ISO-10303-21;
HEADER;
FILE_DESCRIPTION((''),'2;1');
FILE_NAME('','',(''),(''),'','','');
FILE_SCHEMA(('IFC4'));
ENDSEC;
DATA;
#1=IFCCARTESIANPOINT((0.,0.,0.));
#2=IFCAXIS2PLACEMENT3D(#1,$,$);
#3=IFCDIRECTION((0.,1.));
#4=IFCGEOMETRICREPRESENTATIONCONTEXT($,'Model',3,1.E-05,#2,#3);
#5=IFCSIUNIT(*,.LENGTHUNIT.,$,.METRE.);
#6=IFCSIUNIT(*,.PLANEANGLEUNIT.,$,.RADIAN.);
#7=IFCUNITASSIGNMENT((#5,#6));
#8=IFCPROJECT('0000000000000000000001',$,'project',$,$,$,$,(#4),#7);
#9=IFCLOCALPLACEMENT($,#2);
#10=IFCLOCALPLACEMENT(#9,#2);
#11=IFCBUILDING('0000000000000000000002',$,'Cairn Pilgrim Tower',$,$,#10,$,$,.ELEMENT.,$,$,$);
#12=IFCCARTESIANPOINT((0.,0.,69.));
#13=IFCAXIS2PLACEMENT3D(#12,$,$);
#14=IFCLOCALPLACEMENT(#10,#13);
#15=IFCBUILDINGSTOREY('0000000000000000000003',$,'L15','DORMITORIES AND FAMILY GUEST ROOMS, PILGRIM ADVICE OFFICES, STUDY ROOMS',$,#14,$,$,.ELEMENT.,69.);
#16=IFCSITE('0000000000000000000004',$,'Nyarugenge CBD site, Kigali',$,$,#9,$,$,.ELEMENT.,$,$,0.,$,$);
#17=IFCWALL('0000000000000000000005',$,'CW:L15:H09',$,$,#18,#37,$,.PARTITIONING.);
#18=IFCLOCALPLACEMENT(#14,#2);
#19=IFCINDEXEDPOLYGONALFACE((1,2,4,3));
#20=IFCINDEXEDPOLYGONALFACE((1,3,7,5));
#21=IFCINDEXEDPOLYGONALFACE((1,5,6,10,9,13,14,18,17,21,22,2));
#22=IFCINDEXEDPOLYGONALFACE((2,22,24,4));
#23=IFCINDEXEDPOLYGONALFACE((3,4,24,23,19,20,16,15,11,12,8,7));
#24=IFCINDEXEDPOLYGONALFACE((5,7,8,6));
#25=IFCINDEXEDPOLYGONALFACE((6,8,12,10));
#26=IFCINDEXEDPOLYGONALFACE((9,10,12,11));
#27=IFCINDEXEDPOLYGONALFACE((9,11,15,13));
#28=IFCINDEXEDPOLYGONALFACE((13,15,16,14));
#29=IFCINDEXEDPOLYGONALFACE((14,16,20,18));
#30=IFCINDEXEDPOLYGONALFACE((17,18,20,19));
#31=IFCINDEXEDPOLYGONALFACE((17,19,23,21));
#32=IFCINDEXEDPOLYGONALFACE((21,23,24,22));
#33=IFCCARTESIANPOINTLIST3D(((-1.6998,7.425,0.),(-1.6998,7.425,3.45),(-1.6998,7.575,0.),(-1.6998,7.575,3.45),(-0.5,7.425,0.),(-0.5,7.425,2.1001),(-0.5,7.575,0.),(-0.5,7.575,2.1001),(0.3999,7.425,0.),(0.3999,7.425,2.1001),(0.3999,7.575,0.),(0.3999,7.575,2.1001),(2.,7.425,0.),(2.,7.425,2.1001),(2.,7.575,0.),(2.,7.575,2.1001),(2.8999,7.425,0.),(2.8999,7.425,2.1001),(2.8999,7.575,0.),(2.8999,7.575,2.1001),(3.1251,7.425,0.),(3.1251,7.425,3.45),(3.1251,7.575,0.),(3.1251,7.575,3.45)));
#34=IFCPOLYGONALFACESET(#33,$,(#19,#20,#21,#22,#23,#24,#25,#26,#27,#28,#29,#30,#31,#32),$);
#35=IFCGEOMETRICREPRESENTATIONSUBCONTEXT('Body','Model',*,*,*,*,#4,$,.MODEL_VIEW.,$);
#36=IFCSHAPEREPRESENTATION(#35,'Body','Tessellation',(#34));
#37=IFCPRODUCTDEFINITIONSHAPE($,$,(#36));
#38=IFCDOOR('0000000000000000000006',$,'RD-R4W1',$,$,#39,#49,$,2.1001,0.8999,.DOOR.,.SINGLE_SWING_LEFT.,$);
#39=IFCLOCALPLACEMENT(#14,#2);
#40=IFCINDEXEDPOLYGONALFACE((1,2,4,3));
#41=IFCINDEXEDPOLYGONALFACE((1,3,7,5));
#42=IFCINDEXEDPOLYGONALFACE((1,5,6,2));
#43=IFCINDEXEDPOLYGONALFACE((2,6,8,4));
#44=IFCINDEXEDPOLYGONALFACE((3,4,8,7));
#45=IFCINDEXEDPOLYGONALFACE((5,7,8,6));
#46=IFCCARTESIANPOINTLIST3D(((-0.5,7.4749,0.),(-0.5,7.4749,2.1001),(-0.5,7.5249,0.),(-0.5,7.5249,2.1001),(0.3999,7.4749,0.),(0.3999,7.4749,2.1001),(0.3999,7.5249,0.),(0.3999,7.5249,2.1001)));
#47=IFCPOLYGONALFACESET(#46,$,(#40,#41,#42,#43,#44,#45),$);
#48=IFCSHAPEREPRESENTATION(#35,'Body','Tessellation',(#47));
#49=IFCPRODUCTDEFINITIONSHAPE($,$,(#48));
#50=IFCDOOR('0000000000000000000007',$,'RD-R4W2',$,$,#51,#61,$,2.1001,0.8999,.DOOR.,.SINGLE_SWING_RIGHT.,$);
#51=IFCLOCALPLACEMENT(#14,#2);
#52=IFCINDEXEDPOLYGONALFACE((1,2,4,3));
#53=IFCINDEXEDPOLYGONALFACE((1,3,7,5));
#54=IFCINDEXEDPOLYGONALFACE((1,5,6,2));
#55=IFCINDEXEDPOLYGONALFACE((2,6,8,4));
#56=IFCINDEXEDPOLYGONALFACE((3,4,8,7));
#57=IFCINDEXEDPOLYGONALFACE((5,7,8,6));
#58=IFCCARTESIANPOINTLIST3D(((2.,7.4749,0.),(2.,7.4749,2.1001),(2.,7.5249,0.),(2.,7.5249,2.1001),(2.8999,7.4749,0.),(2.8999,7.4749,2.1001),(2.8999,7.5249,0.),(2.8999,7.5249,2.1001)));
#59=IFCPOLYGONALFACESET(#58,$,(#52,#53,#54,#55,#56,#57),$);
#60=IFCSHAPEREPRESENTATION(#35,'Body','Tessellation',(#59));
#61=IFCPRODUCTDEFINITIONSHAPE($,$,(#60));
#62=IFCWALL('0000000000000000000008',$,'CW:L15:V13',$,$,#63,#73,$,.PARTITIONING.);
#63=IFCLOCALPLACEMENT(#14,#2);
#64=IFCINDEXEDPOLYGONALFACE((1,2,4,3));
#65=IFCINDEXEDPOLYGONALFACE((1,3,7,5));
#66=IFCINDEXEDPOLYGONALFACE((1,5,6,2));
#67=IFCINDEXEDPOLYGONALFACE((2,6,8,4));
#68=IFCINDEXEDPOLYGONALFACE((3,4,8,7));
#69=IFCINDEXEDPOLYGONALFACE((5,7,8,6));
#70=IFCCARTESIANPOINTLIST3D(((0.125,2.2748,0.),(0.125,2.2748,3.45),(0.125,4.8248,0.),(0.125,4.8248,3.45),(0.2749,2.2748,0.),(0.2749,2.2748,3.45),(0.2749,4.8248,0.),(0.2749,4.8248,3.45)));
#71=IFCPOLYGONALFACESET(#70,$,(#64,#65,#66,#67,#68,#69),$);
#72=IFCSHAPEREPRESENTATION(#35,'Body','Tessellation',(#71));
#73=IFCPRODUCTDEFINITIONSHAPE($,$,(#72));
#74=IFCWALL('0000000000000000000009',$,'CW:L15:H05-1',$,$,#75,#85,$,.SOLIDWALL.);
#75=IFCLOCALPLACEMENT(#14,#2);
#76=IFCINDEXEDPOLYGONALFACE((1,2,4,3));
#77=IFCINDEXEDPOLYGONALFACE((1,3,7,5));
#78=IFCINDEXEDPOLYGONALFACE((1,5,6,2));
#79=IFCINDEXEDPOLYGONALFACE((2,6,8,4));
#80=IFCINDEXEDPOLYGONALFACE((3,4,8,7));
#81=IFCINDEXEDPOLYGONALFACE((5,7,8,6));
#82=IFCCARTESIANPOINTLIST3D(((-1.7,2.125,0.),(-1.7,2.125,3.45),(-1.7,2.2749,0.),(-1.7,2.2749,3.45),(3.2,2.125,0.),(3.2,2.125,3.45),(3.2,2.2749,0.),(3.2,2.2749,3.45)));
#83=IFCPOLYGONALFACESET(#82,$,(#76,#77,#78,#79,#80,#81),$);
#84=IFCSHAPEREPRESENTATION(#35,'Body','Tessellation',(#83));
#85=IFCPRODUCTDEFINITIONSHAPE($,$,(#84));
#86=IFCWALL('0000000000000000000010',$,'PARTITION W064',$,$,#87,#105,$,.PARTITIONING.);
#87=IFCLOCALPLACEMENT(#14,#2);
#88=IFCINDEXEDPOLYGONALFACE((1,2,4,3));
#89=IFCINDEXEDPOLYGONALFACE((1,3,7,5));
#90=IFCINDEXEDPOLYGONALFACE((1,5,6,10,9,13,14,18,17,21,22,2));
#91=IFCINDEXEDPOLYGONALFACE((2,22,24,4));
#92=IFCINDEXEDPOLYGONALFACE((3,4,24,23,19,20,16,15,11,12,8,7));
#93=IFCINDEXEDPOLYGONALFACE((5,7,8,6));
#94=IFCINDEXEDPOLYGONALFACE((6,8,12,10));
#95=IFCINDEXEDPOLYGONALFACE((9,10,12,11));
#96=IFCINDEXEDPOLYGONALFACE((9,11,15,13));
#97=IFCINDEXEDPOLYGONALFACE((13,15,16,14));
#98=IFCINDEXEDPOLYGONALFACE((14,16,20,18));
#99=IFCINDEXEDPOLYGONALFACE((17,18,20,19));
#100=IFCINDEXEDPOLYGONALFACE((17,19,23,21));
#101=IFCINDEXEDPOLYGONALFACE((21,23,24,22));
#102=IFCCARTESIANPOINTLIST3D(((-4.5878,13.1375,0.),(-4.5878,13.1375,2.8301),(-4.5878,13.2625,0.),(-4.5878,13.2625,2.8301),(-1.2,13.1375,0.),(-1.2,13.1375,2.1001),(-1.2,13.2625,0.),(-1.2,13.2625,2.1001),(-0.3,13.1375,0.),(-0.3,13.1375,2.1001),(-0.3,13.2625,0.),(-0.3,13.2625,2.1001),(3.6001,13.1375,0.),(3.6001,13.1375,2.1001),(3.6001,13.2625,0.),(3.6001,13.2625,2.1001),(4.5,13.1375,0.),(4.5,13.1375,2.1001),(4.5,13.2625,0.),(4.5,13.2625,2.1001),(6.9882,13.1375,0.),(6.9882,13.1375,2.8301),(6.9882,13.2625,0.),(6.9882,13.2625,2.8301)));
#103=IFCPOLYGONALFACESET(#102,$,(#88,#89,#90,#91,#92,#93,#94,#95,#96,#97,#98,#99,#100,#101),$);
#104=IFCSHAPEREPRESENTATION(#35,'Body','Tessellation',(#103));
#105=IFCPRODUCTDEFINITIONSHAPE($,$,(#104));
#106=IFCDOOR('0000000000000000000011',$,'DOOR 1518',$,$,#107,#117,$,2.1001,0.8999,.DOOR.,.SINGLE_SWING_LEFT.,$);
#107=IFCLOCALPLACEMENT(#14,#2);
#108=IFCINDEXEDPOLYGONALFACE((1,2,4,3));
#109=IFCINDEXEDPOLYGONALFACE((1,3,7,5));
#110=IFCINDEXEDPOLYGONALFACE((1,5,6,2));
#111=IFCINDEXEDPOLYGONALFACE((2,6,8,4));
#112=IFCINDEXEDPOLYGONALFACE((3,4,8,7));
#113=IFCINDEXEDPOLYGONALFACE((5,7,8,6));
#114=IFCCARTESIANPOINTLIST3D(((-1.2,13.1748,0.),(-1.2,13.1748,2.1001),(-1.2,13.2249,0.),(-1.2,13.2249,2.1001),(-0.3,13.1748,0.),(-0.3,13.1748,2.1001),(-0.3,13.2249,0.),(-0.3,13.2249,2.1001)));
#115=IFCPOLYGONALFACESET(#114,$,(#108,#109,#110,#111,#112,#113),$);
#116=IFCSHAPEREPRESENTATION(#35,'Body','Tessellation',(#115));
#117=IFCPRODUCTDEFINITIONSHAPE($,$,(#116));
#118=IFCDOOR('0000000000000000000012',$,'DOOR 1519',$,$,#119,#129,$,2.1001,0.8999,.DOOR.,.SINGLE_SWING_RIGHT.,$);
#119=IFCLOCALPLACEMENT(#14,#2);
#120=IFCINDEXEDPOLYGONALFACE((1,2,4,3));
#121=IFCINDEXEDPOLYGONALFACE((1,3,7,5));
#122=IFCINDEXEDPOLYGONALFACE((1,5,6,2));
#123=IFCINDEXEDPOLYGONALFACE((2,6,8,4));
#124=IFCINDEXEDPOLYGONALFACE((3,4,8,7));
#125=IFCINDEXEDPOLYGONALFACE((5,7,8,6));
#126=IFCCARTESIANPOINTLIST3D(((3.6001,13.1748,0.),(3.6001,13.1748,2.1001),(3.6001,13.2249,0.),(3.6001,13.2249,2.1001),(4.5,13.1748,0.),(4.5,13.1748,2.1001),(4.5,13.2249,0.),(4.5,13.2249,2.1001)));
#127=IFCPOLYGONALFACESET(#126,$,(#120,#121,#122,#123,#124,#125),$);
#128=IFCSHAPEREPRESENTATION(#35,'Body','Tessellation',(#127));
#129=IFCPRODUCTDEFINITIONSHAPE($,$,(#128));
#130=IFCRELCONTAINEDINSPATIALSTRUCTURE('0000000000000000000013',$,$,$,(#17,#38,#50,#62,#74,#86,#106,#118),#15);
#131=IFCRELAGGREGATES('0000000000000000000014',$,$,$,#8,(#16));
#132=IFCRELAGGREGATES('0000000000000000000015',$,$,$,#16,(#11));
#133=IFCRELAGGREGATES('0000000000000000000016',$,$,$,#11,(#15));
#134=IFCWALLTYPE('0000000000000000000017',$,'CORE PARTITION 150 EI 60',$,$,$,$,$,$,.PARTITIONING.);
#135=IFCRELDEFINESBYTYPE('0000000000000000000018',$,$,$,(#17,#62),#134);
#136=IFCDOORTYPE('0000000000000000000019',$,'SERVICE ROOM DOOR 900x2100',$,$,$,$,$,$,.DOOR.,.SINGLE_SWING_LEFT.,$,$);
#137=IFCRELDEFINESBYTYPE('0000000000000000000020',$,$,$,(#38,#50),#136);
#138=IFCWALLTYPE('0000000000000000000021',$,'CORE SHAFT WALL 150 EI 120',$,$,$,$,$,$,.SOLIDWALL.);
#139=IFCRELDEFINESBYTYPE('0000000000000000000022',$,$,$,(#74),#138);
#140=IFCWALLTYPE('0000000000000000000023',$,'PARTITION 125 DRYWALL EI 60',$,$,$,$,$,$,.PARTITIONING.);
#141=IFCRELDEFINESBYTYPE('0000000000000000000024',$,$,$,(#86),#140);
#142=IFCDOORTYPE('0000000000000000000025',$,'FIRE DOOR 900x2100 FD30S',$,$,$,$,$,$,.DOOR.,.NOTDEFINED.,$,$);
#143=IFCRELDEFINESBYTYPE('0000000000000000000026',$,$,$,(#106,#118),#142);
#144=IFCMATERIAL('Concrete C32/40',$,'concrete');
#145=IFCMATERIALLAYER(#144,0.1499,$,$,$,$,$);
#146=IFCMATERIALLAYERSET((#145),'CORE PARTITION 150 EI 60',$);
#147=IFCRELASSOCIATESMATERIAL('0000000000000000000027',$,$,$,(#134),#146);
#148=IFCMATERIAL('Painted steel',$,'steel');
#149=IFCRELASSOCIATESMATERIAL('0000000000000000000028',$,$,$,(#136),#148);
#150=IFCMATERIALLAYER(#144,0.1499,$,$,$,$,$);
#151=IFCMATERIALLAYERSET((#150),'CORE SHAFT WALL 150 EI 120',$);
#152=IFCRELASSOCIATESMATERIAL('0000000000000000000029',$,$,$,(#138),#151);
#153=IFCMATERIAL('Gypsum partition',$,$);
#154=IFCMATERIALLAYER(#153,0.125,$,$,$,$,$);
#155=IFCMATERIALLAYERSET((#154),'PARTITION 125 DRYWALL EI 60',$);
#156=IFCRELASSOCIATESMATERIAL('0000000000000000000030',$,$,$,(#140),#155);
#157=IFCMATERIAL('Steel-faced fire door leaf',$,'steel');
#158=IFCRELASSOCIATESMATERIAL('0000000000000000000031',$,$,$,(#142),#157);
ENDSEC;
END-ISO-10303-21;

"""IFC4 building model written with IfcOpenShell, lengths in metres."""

from ifc_helpers import new_model, si_unit, direction, frame, frame_2d, origin, place, context, subcontext, project, spatial, rectangle, extrude, material, layer, layer_set, type_object, element, fill, save


model = new_model("IFC4")

# Units and contexts
model_context = context("Model", 3, precision=1e-05, world=origin(), true_north=direction((0.0, 1.0)))
body_context = subcontext(model_context, "Body", "Model", "MODEL_VIEW")
ifc_project = project(units=[si_unit("LENGTHUNIT", "METRE"), si_unit("PLANEANGLEUNIT", "RADIAN")], contexts=[model_context])

# Site, building, storey
site_placement = place(None, origin())
site = spatial("IfcSite", under=ifc_project, at=site_placement, Name="Nyarugenge CBD site, Kigali", CompositionType="ELEMENT", RefElevation=0.0)
building_placement = place(site_placement, origin())
building = spatial("IfcBuilding", under=site, at=building_placement, Name="Cairn Pilgrim Tower", CompositionType="ELEMENT")
storey_placement = place(building_placement, frame((0.0, 0.0, 69.0)))
storey = spatial("IfcBuildingStorey", under=building, at=storey_placement, Name="L15", Description="DORMITORIES AND FAMILY GUEST ROOMS, PILGRIM ADVICE OFFICES, STUDY ROOMS", CompositionType="ELEMENT", Elevation=69.0)

# Shared definitions
ifc_material_1 = material(Name="Concrete C32/40", Category="concrete")

# Wall, openings, doors
ifc_layer_1 = layer(ifc_material_1, 0.1499)
ifc_layer_set_1 = layer_set([ifc_layer_1], Name="CORE PARTITION 150 EI 60")
wall_type_1 = type_object("IfcWallType", Name="CORE PARTITION 150 EI 60", PredefinedType="PARTITIONING", material=ifc_layer_set_1)
ifc_material_2 = material(Name="Painted steel", Category="steel")
door_type_1 = type_object("IfcDoorType", Name="SERVICE ROOM DOOR 900x2100", OperationType="SINGLE_SWING_LEFT", PredefinedType="DOOR", material=ifc_material_2)
wall_1_placement = place(storey_placement, frame((-1.7, 7.5, 0.0), z_axis=(0.0, 0.0, 1.0), x_axis=(1.0, 0.0, 0.0)))
wall_1 = element("IfcWall", 1, at=wall_1_placement, inside=storey, type_object=wall_type_1, Name="CW:L15:H09", PredefinedType="PARTITIONING", context=body_context, shape_type="SweptSolid", body=[
    extrude(rectangle(XDim=4.825, YDim=0.1499, at=frame_2d((2.4126, 0.0))), origin(), (0.0, 0.0, 1.0), 3.45),
])
opening_1_placement = place(wall_1_placement, frame((1.2, 0.0, 0.0)))
opening_1 = element("IfcOpeningElement", 2, at=opening_1_placement, cuts=wall_1, PredefinedType="OPENING", context=body_context, shape_type="SweptSolid", body=[
    extrude(rectangle(XDim=0.8999, YDim=2.1001, at=frame_2d((0.45, 1.05))), frame((0.0, 0.085, 0.0), z_axis=(0.0, -1.0, 0.0), x_axis=(1.0, 0.0, 0.0)), (0.0, 0.0, 1.0), 0.1699),
])
opening_2_placement = place(wall_1_placement, frame((3.7, 0.0, 0.0)))
opening_2 = element("IfcOpeningElement", 3, at=opening_2_placement, cuts=wall_1, PredefinedType="OPENING", context=body_context, shape_type="SweptSolid", body=[
    extrude(rectangle(XDim=0.8999, YDim=2.1001, at=frame_2d((0.45, 1.05))), frame((0.0, 0.085, 0.0), z_axis=(0.0, -1.0, 0.0), x_axis=(1.0, 0.0, 0.0)), (0.0, 0.0, 1.0), 0.1699),
])
door_1_placement = place(opening_1_placement, origin())
door_1 = element("IfcDoor", 4, at=door_1_placement, inside=storey, type_object=door_type_1, Name="RD-R4W1", OperationType="SINGLE_SWING_LEFT", OverallHeight=2.1001, OverallWidth=0.8999, PredefinedType="DOOR", context=body_context, shape_type="SweptSolid", body=[
    extrude(rectangle(XDim=0.8999, YDim=2.1001, at=frame_2d((0.45, 1.05))), frame((0.0, 0.0249, 0.0), z_axis=(0.0, -1.0, 0.0), x_axis=(1.0, 0.0, 0.0)), (0.0, 0.0, 1.0), 0.05),
])
fill(opening_1, door_1)
door_2_placement = place(opening_2_placement, origin())
door_2 = element("IfcDoor", 5, at=door_2_placement, inside=storey, type_object=door_type_1, Name="RD-R4W2", OperationType="SINGLE_SWING_RIGHT", OverallHeight=2.1001, OverallWidth=0.8999, PredefinedType="DOOR", context=body_context, shape_type="SweptSolid", body=[
    extrude(rectangle(XDim=0.8999, YDim=2.1001, at=frame_2d((0.45, 1.05))), frame((0.0, 0.0249, 0.0), z_axis=(0.0, -1.0, 0.0), x_axis=(1.0, 0.0, 0.0)), (0.0, 0.0, 1.0), 0.05),
])
fill(opening_2, door_2)

# Walls
wall_2_placement = place(storey_placement, frame((0.2, 2.2749, 0.0), z_axis=(0.0, 0.0, 1.0), x_axis=(0.0, 1.0, 0.0)))
element("IfcWall", 6, at=wall_2_placement, inside=storey, type_object=wall_type_1, Name="CW:L15:V13", PredefinedType="PARTITIONING", context=body_context, shape_type="SweptSolid", body=[
    extrude(rectangle(XDim=2.55, YDim=0.1499, at=frame_2d((1.2749, 0.0))), origin(), (0.0, 0.0, 1.0), 3.45),
])
ifc_layer_2 = layer(ifc_material_1, 0.1499)
ifc_layer_set_2 = layer_set([ifc_layer_2], Name="CORE SHAFT WALL 150 EI 120")
wall_type_2 = type_object("IfcWallType", Name="CORE SHAFT WALL 150 EI 120", PredefinedType="SOLIDWALL", material=ifc_layer_set_2)
wall_3_placement = place(storey_placement, frame((-1.7, 2.2, 0.0), z_axis=(0.0, 0.0, 1.0), x_axis=(1.0, 0.0, 0.0)))
element("IfcWall", 7, at=wall_3_placement, inside=storey, type_object=wall_type_2, Name="CW:L15:H05-1", PredefinedType="SOLIDWALL", context=body_context, shape_type="SweptSolid", body=[
    extrude(rectangle(XDim=4.8999, YDim=0.1499, at=frame_2d((2.45, 0.0))), origin(), (0.0, 0.0, 1.0), 3.45),
])

# Wall, openings, doors
ifc_material_3 = material(Name="Gypsum partition")
ifc_layer_3 = layer(ifc_material_3, 0.125)
ifc_layer_set_3 = layer_set([ifc_layer_3], Name="PARTITION 125 DRYWALL EI 60")
wall_type_3 = type_object("IfcWallType", Name="PARTITION 125 DRYWALL EI 60", PredefinedType="PARTITIONING", material=ifc_layer_set_3)
wall_4_placement = place(storey_placement, frame((-4.5879, 13.2, 0.0), z_axis=(0.0, 0.0, 1.0), x_axis=(1.0, 0.0, 0.0)))
wall_4 = element("IfcWall", 8, at=wall_4_placement, inside=storey, type_object=wall_type_3, Name="PARTITION W064", PredefinedType="PARTITIONING", context=body_context, shape_type="SweptSolid", body=[
    extrude(rectangle(XDim=11.5759, YDim=0.125, at=frame_2d((5.7881, 0.0))), origin(), (0.0, 0.0, 1.0), 2.8301),
])
opening_3_placement = place(wall_4_placement, frame((3.3879, 0.0, 0.0)))
opening_3 = element("IfcOpeningElement", 9, at=opening_3_placement, cuts=wall_4, PredefinedType="OPENING", context=body_context, shape_type="SweptSolid", body=[
    extrude(rectangle(XDim=0.8999, YDim=2.1001, at=frame_2d((0.45, 1.05))), frame((0.0, 0.0725, 0.0), z_axis=(0.0, -1.0, 0.0), x_axis=(1.0, 0.0, 0.0)), (0.0, 0.0, 1.0), 0.145),
])
opening_4_placement = place(wall_4_placement, frame((8.188, 0.0, 0.0)))
opening_4 = element("IfcOpeningElement", 10, at=opening_4_placement, cuts=wall_4, PredefinedType="OPENING", context=body_context, shape_type="SweptSolid", body=[
    extrude(rectangle(XDim=0.8999, YDim=2.1001, at=frame_2d((0.45, 1.05))), frame((0.0, 0.0725, 0.0), z_axis=(0.0, -1.0, 0.0), x_axis=(1.0, 0.0, 0.0)), (0.0, 0.0, 1.0), 0.145),
])
ifc_material_4 = material(Name="Steel-faced fire door leaf", Category="steel")
door_type_2 = type_object("IfcDoorType", Name="FIRE DOOR 900x2100 FD30S", OperationType="NOTDEFINED", PredefinedType="DOOR", material=ifc_material_4)
door_3_placement = place(opening_3_placement, origin())
door_3 = element("IfcDoor", 11, at=door_3_placement, inside=storey, type_object=door_type_2, Name="DOOR 1518", OperationType="SINGLE_SWING_LEFT", OverallHeight=2.1001, OverallWidth=0.8999, PredefinedType="DOOR", context=body_context, shape_type="SweptSolid", body=[
    extrude(rectangle(XDim=0.8999, YDim=2.1001, at=frame_2d((0.45, 1.05))), frame((0.0, 0.0249, 0.0), z_axis=(0.0, -1.0, 0.0), x_axis=(1.0, 0.0, 0.0)), (0.0, 0.0, 1.0), 0.05),
])
fill(opening_3, door_3)
door_4_placement = place(opening_4_placement, origin())
door_4 = element("IfcDoor", 12, at=door_4_placement, inside=storey, type_object=door_type_2, Name="DOOR 1519", OperationType="SINGLE_SWING_RIGHT", OverallHeight=2.1001, OverallWidth=0.8999, PredefinedType="DOOR", context=body_context, shape_type="SweptSolid", body=[
    extrude(rectangle(XDim=0.8999, YDim=2.1001, at=frame_2d((0.45, 1.05))), frame((0.0, 0.0249, 0.0), z_axis=(0.0, -1.0, 0.0), x_axis=(1.0, 0.0, 0.0)), (0.0, 0.0, 1.0), 0.05),
])
fill(opening_4, door_4)

save(model, "model.ifc")
